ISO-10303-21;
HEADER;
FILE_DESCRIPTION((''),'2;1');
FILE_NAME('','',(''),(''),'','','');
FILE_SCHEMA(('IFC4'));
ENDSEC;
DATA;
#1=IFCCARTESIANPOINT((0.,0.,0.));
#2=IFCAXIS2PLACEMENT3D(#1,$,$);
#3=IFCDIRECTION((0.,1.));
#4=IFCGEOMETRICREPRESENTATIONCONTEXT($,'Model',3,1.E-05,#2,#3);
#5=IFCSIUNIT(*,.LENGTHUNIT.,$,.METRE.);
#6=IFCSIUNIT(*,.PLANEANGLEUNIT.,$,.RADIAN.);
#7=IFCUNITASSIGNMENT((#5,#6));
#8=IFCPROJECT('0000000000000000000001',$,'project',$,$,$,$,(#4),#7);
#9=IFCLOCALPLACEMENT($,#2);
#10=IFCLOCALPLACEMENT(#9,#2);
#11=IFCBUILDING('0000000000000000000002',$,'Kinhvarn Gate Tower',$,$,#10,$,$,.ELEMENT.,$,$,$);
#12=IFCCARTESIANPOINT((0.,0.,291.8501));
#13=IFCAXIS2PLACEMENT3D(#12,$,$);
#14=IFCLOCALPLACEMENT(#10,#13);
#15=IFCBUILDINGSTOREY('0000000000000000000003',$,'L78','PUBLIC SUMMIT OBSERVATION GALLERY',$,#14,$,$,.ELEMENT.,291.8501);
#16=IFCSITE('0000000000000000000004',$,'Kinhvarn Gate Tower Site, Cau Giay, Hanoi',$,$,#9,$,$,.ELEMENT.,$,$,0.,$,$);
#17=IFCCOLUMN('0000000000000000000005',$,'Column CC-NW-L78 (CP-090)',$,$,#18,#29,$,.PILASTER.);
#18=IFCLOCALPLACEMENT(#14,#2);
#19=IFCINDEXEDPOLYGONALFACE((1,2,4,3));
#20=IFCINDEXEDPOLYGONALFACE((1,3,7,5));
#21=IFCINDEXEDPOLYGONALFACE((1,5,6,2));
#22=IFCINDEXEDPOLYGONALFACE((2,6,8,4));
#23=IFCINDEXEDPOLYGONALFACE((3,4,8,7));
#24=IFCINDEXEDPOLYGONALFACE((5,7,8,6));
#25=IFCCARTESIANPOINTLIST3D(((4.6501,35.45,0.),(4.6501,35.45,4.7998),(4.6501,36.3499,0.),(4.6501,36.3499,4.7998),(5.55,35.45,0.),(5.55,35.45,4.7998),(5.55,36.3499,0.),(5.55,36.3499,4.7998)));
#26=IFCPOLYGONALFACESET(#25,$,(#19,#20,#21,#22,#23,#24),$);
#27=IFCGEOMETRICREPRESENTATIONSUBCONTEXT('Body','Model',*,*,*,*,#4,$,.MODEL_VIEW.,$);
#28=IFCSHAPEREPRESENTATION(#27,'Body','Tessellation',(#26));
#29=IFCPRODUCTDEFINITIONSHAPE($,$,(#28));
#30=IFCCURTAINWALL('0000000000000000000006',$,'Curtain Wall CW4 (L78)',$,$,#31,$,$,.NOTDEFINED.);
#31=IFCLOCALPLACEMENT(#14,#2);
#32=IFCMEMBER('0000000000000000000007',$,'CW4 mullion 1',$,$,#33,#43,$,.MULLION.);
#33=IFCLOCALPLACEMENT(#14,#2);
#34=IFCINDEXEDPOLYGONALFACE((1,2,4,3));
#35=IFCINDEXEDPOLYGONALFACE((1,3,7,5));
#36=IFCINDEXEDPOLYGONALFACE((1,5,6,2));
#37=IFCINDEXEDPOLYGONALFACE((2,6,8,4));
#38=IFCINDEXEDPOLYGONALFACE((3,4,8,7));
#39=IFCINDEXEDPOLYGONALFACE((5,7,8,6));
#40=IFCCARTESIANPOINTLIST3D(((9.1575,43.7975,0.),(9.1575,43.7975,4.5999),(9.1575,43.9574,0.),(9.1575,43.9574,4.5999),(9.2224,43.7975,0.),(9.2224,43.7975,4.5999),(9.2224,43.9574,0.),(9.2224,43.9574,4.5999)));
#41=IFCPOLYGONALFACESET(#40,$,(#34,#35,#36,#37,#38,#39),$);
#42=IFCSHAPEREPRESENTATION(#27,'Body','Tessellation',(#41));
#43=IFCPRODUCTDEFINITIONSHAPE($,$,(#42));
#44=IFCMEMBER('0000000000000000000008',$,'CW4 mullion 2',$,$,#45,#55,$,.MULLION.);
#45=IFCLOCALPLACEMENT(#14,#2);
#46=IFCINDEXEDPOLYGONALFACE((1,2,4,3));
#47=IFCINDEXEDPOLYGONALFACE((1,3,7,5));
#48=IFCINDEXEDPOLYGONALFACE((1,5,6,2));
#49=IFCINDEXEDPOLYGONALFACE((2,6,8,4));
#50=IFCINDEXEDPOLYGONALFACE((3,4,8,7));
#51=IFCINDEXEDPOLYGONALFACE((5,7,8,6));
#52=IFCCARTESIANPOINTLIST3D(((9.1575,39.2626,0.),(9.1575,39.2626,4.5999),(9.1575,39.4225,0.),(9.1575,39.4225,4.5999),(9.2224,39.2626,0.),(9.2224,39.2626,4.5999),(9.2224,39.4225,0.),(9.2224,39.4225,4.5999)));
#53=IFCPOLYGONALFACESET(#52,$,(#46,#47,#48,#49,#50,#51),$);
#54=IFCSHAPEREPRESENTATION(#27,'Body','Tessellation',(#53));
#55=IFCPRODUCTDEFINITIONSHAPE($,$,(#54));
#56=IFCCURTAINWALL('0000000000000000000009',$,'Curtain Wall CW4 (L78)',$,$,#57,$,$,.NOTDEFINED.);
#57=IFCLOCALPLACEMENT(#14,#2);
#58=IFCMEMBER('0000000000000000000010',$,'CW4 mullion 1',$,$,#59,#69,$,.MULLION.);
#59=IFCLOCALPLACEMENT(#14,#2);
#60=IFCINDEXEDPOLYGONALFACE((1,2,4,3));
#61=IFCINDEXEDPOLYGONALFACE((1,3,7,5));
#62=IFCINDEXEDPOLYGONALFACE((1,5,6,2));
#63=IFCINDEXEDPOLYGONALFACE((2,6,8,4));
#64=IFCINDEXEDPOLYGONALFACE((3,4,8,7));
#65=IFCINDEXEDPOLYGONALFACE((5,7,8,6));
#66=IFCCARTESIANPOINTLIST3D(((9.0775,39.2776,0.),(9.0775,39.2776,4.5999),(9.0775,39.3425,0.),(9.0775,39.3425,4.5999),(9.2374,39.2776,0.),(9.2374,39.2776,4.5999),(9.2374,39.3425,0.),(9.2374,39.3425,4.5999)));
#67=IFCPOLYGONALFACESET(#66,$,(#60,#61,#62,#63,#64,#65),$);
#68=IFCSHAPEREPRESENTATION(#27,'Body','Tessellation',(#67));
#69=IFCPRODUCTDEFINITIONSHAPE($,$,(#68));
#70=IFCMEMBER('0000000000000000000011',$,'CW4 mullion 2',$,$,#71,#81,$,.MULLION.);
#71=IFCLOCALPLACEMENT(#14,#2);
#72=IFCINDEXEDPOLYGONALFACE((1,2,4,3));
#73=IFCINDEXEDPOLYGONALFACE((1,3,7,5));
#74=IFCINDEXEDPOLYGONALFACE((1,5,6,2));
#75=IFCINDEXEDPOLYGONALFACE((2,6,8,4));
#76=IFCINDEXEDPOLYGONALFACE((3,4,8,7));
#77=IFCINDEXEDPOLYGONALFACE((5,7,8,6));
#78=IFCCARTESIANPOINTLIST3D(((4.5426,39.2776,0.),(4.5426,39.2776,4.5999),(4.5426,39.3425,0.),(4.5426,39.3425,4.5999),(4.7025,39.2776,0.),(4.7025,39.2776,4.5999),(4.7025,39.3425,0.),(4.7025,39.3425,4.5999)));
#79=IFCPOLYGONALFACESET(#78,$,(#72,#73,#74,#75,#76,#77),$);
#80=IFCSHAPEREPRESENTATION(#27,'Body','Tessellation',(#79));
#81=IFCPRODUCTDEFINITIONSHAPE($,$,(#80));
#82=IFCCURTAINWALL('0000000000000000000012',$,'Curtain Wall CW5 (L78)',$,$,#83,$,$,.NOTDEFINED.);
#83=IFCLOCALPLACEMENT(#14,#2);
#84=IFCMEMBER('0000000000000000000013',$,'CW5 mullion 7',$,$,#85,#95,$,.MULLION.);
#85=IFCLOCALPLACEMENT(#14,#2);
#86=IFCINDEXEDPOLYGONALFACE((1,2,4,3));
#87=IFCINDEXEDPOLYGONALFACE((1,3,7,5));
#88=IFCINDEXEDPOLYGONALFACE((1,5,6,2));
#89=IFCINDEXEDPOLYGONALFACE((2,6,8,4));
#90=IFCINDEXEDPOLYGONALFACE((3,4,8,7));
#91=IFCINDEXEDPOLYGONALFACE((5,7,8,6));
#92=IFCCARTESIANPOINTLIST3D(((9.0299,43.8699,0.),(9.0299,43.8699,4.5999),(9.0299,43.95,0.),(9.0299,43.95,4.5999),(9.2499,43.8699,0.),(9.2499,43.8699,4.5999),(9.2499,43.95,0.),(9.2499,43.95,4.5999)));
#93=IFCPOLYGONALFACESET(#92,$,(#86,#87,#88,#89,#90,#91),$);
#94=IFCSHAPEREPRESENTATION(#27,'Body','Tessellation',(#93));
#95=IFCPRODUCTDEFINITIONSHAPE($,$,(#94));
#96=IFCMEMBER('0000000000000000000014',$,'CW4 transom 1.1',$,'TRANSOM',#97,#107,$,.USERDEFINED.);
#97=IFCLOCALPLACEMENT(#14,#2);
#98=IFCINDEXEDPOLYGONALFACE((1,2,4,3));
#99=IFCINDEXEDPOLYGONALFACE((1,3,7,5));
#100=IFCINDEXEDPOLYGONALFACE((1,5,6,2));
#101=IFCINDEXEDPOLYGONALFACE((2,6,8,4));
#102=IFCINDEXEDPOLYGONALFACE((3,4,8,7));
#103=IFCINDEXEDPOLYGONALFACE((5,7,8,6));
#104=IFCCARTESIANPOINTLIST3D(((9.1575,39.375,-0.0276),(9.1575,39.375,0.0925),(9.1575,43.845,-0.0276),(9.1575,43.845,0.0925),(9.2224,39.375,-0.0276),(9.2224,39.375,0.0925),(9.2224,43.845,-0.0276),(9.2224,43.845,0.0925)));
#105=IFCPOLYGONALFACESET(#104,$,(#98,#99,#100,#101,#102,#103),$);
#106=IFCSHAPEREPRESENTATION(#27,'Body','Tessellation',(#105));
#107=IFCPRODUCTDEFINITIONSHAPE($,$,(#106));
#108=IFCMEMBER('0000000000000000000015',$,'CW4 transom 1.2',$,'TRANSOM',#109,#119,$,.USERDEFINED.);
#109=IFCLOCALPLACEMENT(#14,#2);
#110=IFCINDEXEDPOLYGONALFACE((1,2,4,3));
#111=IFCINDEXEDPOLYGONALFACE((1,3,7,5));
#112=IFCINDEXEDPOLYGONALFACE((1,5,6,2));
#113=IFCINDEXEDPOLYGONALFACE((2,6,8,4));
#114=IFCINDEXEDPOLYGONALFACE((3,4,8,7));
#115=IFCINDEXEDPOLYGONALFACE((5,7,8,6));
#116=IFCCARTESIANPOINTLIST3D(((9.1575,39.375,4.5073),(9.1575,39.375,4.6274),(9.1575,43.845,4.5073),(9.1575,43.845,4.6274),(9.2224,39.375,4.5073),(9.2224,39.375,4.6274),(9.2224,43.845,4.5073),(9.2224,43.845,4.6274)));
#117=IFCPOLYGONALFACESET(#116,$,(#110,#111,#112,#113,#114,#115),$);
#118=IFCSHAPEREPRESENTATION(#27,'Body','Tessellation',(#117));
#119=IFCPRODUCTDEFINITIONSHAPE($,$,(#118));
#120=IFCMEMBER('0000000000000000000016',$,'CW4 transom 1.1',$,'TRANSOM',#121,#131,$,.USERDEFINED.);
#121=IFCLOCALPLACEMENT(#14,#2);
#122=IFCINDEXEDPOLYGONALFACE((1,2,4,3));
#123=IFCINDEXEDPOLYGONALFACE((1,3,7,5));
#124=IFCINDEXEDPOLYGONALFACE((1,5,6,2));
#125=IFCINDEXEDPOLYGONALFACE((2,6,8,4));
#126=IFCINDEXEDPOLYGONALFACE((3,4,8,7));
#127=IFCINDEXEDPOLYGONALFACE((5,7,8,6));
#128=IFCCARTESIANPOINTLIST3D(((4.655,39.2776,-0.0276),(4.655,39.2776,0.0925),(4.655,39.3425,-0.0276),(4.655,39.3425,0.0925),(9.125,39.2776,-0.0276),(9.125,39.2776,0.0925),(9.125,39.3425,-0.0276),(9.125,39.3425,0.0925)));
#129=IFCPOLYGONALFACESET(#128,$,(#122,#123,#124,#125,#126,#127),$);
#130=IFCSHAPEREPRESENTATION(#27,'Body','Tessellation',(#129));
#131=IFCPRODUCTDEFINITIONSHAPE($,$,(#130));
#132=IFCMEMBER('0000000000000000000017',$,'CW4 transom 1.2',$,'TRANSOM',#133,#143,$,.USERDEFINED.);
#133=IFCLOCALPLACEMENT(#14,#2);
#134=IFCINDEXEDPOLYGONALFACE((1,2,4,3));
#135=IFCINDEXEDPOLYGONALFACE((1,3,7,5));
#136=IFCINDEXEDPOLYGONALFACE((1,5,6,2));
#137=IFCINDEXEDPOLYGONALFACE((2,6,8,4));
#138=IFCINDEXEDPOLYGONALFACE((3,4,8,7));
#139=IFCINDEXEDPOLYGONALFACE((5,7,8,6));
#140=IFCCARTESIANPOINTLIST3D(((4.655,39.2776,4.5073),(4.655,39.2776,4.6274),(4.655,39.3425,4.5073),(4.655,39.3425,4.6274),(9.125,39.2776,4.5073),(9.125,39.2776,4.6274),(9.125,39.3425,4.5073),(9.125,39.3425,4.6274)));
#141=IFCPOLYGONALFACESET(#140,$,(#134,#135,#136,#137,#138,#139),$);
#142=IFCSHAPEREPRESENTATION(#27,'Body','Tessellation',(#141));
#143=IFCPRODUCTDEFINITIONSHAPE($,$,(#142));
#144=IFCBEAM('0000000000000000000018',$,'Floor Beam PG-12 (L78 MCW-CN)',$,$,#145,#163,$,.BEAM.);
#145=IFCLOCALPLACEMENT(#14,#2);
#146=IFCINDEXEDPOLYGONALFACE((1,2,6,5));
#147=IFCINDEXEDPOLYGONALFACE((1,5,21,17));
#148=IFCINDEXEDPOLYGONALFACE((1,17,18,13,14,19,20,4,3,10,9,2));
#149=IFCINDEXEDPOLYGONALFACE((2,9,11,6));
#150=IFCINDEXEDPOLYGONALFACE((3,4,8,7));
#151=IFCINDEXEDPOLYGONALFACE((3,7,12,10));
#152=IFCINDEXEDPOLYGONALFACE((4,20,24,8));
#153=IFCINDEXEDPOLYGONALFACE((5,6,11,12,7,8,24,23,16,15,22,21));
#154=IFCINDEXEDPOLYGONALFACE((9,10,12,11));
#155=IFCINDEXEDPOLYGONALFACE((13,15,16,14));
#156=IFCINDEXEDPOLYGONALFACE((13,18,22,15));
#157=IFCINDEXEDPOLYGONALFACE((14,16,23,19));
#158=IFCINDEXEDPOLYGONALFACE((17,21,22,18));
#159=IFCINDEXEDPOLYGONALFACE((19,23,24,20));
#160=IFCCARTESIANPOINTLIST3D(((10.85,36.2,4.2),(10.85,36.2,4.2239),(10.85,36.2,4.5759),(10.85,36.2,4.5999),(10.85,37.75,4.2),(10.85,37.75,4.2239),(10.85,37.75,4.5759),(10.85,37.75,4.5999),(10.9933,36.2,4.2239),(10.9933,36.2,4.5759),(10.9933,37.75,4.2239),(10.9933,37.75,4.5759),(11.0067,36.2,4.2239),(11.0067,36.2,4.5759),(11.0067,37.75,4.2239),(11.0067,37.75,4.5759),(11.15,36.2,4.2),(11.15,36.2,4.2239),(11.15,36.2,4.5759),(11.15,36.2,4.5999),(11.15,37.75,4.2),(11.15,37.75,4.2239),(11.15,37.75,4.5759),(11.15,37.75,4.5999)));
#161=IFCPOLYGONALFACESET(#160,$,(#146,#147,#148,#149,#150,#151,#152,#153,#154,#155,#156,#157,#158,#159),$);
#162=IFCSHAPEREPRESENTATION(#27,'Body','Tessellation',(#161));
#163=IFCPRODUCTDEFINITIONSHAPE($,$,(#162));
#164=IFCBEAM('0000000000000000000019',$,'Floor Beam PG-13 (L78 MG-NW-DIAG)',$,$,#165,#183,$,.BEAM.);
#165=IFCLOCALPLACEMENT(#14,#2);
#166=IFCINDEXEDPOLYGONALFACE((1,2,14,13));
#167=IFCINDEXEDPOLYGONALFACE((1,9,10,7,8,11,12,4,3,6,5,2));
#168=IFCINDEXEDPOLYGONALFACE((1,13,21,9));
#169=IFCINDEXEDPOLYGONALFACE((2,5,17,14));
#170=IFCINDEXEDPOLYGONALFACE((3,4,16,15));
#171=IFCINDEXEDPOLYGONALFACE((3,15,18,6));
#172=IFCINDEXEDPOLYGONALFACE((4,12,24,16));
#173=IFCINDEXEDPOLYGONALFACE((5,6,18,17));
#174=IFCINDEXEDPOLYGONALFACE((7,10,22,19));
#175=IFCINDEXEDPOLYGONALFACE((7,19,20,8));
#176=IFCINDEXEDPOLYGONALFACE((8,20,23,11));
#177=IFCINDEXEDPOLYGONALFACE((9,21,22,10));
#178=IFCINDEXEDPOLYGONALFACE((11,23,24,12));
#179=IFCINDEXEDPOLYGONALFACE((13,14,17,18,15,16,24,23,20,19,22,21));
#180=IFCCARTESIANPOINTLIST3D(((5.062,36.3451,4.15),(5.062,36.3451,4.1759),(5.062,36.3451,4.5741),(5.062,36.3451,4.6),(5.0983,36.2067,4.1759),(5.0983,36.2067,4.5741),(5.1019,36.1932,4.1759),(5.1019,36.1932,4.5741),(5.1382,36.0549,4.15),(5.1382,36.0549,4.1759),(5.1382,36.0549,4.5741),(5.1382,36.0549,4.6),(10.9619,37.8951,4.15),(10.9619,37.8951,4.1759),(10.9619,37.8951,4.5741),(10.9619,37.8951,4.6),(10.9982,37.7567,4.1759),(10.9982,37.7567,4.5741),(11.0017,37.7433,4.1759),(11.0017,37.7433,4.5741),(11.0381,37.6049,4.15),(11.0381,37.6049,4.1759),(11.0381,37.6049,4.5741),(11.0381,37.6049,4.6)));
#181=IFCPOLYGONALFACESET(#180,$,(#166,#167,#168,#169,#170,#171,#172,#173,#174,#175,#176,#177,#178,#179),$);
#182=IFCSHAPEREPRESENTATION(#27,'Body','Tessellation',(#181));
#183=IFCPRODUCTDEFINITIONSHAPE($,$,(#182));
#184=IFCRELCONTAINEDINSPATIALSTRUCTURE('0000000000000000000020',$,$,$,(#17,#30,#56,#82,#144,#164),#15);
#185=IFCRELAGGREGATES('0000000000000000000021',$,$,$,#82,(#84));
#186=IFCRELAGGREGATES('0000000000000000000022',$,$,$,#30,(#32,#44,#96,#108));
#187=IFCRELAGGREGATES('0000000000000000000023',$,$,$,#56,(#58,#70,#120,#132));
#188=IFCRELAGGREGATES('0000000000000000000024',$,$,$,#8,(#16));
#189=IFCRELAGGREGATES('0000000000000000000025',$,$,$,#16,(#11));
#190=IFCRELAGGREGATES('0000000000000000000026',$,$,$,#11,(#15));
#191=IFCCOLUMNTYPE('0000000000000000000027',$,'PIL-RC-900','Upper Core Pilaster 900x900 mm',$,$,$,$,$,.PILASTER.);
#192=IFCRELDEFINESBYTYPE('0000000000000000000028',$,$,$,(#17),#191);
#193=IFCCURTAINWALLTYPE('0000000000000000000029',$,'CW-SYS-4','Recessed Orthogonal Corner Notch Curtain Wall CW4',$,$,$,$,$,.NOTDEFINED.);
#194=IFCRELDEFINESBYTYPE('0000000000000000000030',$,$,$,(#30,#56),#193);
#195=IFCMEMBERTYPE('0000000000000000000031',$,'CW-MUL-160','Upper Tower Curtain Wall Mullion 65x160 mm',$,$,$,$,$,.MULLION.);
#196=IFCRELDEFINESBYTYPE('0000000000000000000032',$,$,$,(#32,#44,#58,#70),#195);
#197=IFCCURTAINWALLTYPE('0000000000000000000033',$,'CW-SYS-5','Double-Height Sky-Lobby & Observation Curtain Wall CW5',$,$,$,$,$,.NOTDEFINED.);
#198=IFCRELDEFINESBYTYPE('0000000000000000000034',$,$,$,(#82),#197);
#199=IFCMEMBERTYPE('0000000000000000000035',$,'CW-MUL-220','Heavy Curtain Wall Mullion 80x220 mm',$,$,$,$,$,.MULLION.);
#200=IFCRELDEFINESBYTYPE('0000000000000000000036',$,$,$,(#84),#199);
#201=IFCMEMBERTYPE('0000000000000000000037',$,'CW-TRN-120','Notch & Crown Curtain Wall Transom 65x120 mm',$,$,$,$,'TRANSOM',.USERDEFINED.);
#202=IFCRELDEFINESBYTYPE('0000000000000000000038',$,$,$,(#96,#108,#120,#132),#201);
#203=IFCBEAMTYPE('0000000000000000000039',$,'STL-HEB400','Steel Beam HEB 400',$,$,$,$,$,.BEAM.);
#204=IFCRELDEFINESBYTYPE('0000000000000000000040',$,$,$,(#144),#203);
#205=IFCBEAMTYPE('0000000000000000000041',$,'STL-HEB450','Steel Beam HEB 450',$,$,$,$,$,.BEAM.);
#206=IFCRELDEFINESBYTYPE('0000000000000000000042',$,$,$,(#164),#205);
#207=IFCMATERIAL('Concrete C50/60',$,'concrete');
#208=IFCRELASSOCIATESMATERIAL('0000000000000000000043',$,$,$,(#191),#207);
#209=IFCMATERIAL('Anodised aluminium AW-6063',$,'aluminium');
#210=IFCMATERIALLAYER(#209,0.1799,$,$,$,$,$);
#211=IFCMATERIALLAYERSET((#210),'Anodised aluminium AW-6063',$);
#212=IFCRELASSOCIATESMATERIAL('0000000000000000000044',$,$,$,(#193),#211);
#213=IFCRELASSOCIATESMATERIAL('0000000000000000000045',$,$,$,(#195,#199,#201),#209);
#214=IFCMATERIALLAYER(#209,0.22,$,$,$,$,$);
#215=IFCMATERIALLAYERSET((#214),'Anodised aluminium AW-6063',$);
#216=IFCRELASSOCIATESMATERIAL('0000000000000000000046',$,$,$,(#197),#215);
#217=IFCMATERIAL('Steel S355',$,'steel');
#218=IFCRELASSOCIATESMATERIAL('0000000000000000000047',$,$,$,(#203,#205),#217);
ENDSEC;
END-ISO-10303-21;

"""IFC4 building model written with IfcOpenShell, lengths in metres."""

from ifc_helpers import new_model, si_unit, direction, frame, origin, origin_2d, place, context, subcontext, project, spatial, rectangle, i_section, extrude, material, layer, layer_set, material_profile, profile_set, type_object, element, aggregate, save


model = new_model("IFC4")

# Units and contexts
model_context = context("Model", 3, precision=1e-05, world=origin(), true_north=direction((0.0, 1.0)))
body_context = subcontext(model_context, "Body", "Model", "MODEL_VIEW")
ifc_project = project(units=[si_unit("LENGTHUNIT", "METRE"), si_unit("PLANEANGLEUNIT", "RADIAN")], contexts=[model_context])

# Site, building, storey
site_placement = place(None, origin())
site = spatial("IfcSite", under=ifc_project, at=site_placement, Name="Kinhvarn Gate Tower Site, Cau Giay, Hanoi", CompositionType="ELEMENT", RefElevation=0.0)
building_placement = place(site_placement, origin())
building = spatial("IfcBuilding", under=site, at=building_placement, Name="Kinhvarn Gate Tower", CompositionType="ELEMENT")
storey_placement = place(building_placement, frame((0.0, 0.0, 291.8501)))
storey = spatial("IfcBuildingStorey", under=building, at=storey_placement, Name="L78", Description="PUBLIC SUMMIT OBSERVATION GALLERY", CompositionType="ELEMENT", Elevation=291.8501)

# Column
ifc_material_1 = material(Name="Concrete C50/60", Category="concrete")
ifc_material_profile_1 = material_profile(ifc_material_1, rectangle(XDim=0.8999, YDim=0.8999, at=origin_2d()), Name="RC 900x900")
ifc_profile_set_1 = profile_set([ifc_material_profile_1], Name="Concrete C50/60")
column_type = type_object("IfcColumnType", Name="PIL-RC-900", Description="Upper Core Pilaster 900x900 mm", PredefinedType="PILASTER", material=ifc_profile_set_1)
column_placement = place(storey_placement, frame((5.1001, 35.8999, 0.0), z_axis=(0.0, 0.0, 1.0), x_axis=(1.0, 0.0, 0.0)))
element("IfcColumn", 1, at=column_placement, inside=storey, type_object=column_type, Name="Column CC-NW-L78 (CP-090)", PredefinedType="PILASTER", context=body_context, shape_type="SweptSolid", body=[
    extrude(rectangle(XDim=0.8999, YDim=0.8999, at=origin_2d()), origin(), (0.0, 0.0, 1.0), 4.7998),
])

# Curtain walls, members
ifc_material_2 = material(Name="Anodised aluminium AW-6063", Category="aluminium")
ifc_layer_1 = layer(ifc_material_2, 0.1799)
ifc_layer_set_1 = layer_set([ifc_layer_1], Name="Anodised aluminium AW-6063")
curtain_wall_type_1 = type_object("IfcCurtainWallType", Name="CW-SYS-4", Description="Recessed Orthogonal Corner Notch Curtain Wall CW4", PredefinedType="NOTDEFINED", material=ifc_layer_set_1)
curtain_wall_1_placement = place(storey_placement, origin())
curtain_wall_1 = element("IfcCurtainWall", 2, at=curtain_wall_1_placement, inside=storey, type_object=curtain_wall_type_1, Name="Curtain Wall CW4 (L78)", PredefinedType="NOTDEFINED")
ifc_material_profile_2 = material_profile(ifc_material_2, rectangle(XDim=0.0649, YDim=0.1599, at=origin_2d()), Name="ALU 65x160")
ifc_profile_set_2 = profile_set([ifc_material_profile_2], Name="Anodised aluminium AW-6063")
member_type_1 = type_object("IfcMemberType", Name="CW-MUL-160", Description="Upper Tower Curtain Wall Mullion 65x160 mm", PredefinedType="MULLION", material=ifc_profile_set_2)
member_1_placement = place(storey_placement, frame((9.1899, 43.8774, 0.0), z_axis=(0.0, 0.0, 1.0), x_axis=(1.0, 0.0, 0.0)))
member_1 = element("IfcMember", 3, at=member_1_placement, type_object=member_type_1, Name="CW4 mullion 1", PredefinedType="MULLION", context=body_context, shape_type="SweptSolid", body=[
    extrude(rectangle(XDim=0.0649, YDim=0.1599, at=origin_2d()), origin(), (0.0, 0.0, 1.0), 4.5999),
])
member_2_placement = place(storey_placement, frame((9.1899, 39.3425, 0.0), z_axis=(0.0, 0.0, 1.0), x_axis=(1.0, 0.0, 0.0)))
member_2 = element("IfcMember", 4, at=member_2_placement, type_object=member_type_1, Name="CW4 mullion 2", PredefinedType="MULLION", context=body_context, shape_type="SweptSolid", body=[
    extrude(rectangle(XDim=0.0649, YDim=0.1599, at=origin_2d()), origin(), (0.0, 0.0, 1.0), 4.5999),
])
curtain_wall_2_placement = place(storey_placement, origin())
curtain_wall_2 = element("IfcCurtainWall", 5, at=curtain_wall_2_placement, inside=storey, type_object=curtain_wall_type_1, Name="Curtain Wall CW4 (L78)", PredefinedType="NOTDEFINED")
member_3_placement = place(storey_placement, frame((9.1575, 39.3101, 0.0), z_axis=(0.0, 0.0, 1.0), x_axis=(0.0, -1.0, 0.0)))
member_3 = element("IfcMember", 6, at=member_3_placement, type_object=member_type_1, Name="CW4 mullion 1", PredefinedType="MULLION", context=body_context, shape_type="SweptSolid", body=[
    extrude(rectangle(XDim=0.0649, YDim=0.1599, at=origin_2d()), origin(), (0.0, 0.0, 1.0), 4.5999),
])
member_4_placement = place(storey_placement, frame((4.6226, 39.3101, 0.0), z_axis=(0.0, 0.0, 1.0), x_axis=(0.0, -1.0, 0.0)))
member_4 = element("IfcMember", 7, at=member_4_placement, type_object=member_type_1, Name="CW4 mullion 2", PredefinedType="MULLION", context=body_context, shape_type="SweptSolid", body=[
    extrude(rectangle(XDim=0.0649, YDim=0.1599, at=origin_2d()), origin(), (0.0, 0.0, 1.0), 4.5999),
])

# Curtain wall, member
ifc_layer_2 = layer(ifc_material_2, 0.22)
ifc_layer_set_2 = layer_set([ifc_layer_2], Name="Anodised aluminium AW-6063")
curtain_wall_type_2 = type_object("IfcCurtainWallType", Name="CW-SYS-5", Description="Double-Height Sky-Lobby & Observation Curtain Wall CW5", PredefinedType="NOTDEFINED", material=ifc_layer_set_2)
curtain_wall_3_placement = place(storey_placement, origin())
curtain_wall_3 = element("IfcCurtainWall", 8, at=curtain_wall_3_placement, inside=storey, type_object=curtain_wall_type_2, Name="Curtain Wall CW5 (L78)", PredefinedType="NOTDEFINED")
ifc_material_profile_3 = material_profile(ifc_material_2, rectangle(XDim=0.0801, YDim=0.22, at=origin_2d()), Name="ALU 80x220")
ifc_profile_set_3 = profile_set([ifc_material_profile_3], Name="Anodised aluminium AW-6063")
member_type_2 = type_object("IfcMemberType", Name="CW-MUL-220", Description="Heavy Curtain Wall Mullion 80x220 mm", PredefinedType="MULLION", material=ifc_profile_set_3)
member_5_placement = place(storey_placement, frame((9.1399, 43.9099, 0.0), z_axis=(0.0, 0.0, 1.0), x_axis=(0.0, -1.0, 0.0)))
member_5 = element("IfcMember", 9, at=member_5_placement, type_object=member_type_2, Name="CW5 mullion 7", PredefinedType="MULLION", context=body_context, shape_type="SweptSolid", body=[
    extrude(rectangle(XDim=0.0801, YDim=0.22, at=origin_2d()), origin(), (0.0, 0.0, 1.0), 4.5999),
])
aggregate(curtain_wall_3, [member_5])

# Members
ifc_material_profile_4 = material_profile(ifc_material_2, rectangle(XDim=0.0649, YDim=0.1201, at=origin_2d()), Name="ALU 65x120")
ifc_profile_set_4 = profile_set([ifc_material_profile_4], Name="Anodised aluminium AW-6063")
member_type_3 = type_object("IfcMemberType", Name="CW-TRN-120", Description="Notch & Crown Curtain Wall Transom 65x120 mm", ElementType="TRANSOM", PredefinedType="USERDEFINED", material=ifc_profile_set_4)
member_6_placement = place(storey_placement, frame((9.1899, 43.845, 0.0325), z_axis=(0.0, -1.0, 0.0), x_axis=(1.0, 0.0, 0.0)))
member_6 = element("IfcMember", 10, at=member_6_placement, type_object=member_type_3, Name="CW4 transom 1.1", ObjectType="TRANSOM", PredefinedType="USERDEFINED", context=body_context, shape_type="SweptSolid", body=[
    extrude(rectangle(XDim=0.0649, YDim=0.1201, at=origin_2d()), origin(), (0.0, 0.0, 1.0), 4.47),
])
member_7_placement = place(storey_placement, frame((9.1899, 43.845, 4.5674), z_axis=(0.0, -1.0, 0.0), x_axis=(1.0, 0.0, 0.0)))
member_7 = element("IfcMember", 11, at=member_7_placement, type_object=member_type_3, Name="CW4 transom 1.2", ObjectType="TRANSOM", PredefinedType="USERDEFINED", context=body_context, shape_type="SweptSolid", body=[
    extrude(rectangle(XDim=0.0649, YDim=0.1201, at=origin_2d()), origin(), (0.0, 0.0, 1.0), 4.47),
])
member_8_placement = place(storey_placement, frame((9.125, 39.3101, 0.0325), z_axis=(-1.0, 0.0, 0.0), x_axis=(0.0, -1.0, 0.0)))
member_8 = element("IfcMember", 12, at=member_8_placement, type_object=member_type_3, Name="CW4 transom 1.1", ObjectType="TRANSOM", PredefinedType="USERDEFINED", context=body_context, shape_type="SweptSolid", body=[
    extrude(rectangle(XDim=0.0649, YDim=0.1201, at=origin_2d()), origin(), (0.0, 0.0, 1.0), 4.47),
])
member_9_placement = place(storey_placement, frame((9.125, 39.3101, 4.5674), z_axis=(-1.0, 0.0, 0.0), x_axis=(0.0, -1.0, 0.0)))
member_9 = element("IfcMember", 13, at=member_9_placement, type_object=member_type_3, Name="CW4 transom 1.2", ObjectType="TRANSOM", PredefinedType="USERDEFINED", context=body_context, shape_type="SweptSolid", body=[
    extrude(rectangle(XDim=0.0649, YDim=0.1201, at=origin_2d()), origin(), (0.0, 0.0, 1.0), 4.47),
])

# Beams
ifc_material_3 = material(Name="Steel S355", Category="steel")
ifc_material_profile_5 = material_profile(ifc_material_3, i_section(OverallWidth=0.3, OverallDepth=0.3999, WebThickness=0.0134, FlangeThickness=0.0239, at=origin_2d()), Name="HEB 400")
ifc_profile_set_5 = profile_set([ifc_material_profile_5], Name="Steel S355")
beam_type_1 = type_object("IfcBeamType", Name="STL-HEB400", Description="Steel Beam HEB 400", PredefinedType="BEAM", material=ifc_profile_set_5)
beam_1_placement = place(storey_placement, frame((11.0, 36.2, 4.3999), z_axis=(0.0, 1.0, 0.0), x_axis=(-1.0, 0.0, 0.0)))
element("IfcBeam", 14, at=beam_1_placement, inside=storey, type_object=beam_type_1, Name="Floor Beam PG-12 (L78 MCW-CN)", PredefinedType="BEAM", context=body_context, shape_type="SweptSolid", body=[
    extrude(i_section(OverallWidth=0.3, OverallDepth=0.3999, WebThickness=0.0134, FlangeThickness=0.0239, at=origin_2d()), origin(), (0.0, 0.0, 1.0), 1.55),
])
ifc_material_profile_6 = material_profile(ifc_material_3, i_section(OverallWidth=0.3, OverallDepth=0.45, WebThickness=0.0139, FlangeThickness=0.0259, at=origin_2d()), Name="HEB 450")
ifc_profile_set_6 = profile_set([ifc_material_profile_6], Name="Steel S355")
beam_type_2 = type_object("IfcBeamType", Name="STL-HEB450", Description="Steel Beam HEB 450", PredefinedType="BEAM", material=ifc_profile_set_6)
beam_2_placement = place(storey_placement, frame((5.1001, 36.2, 4.375), z_axis=(0.967178, 0.254101, 0.0), x_axis=(-0.254101, 0.967178, 0.0)))
element("IfcBeam", 15, at=beam_2_placement, inside=storey, type_object=beam_type_2, Name="Floor Beam PG-13 (L78 MG-NW-DIAG)", PredefinedType="BEAM", context=body_context, shape_type="SweptSolid", body=[
    extrude(i_section(OverallWidth=0.3, OverallDepth=0.45, WebThickness=0.0139, FlangeThickness=0.0259, at=origin_2d()), origin(), (0.0, 0.0, 1.0), 6.1001),
])

aggregate(curtain_wall_1, [member_1, member_2, member_6, member_7])
aggregate(curtain_wall_2, [member_3, member_4, member_8, member_9])

save(model, "model.ifc")
